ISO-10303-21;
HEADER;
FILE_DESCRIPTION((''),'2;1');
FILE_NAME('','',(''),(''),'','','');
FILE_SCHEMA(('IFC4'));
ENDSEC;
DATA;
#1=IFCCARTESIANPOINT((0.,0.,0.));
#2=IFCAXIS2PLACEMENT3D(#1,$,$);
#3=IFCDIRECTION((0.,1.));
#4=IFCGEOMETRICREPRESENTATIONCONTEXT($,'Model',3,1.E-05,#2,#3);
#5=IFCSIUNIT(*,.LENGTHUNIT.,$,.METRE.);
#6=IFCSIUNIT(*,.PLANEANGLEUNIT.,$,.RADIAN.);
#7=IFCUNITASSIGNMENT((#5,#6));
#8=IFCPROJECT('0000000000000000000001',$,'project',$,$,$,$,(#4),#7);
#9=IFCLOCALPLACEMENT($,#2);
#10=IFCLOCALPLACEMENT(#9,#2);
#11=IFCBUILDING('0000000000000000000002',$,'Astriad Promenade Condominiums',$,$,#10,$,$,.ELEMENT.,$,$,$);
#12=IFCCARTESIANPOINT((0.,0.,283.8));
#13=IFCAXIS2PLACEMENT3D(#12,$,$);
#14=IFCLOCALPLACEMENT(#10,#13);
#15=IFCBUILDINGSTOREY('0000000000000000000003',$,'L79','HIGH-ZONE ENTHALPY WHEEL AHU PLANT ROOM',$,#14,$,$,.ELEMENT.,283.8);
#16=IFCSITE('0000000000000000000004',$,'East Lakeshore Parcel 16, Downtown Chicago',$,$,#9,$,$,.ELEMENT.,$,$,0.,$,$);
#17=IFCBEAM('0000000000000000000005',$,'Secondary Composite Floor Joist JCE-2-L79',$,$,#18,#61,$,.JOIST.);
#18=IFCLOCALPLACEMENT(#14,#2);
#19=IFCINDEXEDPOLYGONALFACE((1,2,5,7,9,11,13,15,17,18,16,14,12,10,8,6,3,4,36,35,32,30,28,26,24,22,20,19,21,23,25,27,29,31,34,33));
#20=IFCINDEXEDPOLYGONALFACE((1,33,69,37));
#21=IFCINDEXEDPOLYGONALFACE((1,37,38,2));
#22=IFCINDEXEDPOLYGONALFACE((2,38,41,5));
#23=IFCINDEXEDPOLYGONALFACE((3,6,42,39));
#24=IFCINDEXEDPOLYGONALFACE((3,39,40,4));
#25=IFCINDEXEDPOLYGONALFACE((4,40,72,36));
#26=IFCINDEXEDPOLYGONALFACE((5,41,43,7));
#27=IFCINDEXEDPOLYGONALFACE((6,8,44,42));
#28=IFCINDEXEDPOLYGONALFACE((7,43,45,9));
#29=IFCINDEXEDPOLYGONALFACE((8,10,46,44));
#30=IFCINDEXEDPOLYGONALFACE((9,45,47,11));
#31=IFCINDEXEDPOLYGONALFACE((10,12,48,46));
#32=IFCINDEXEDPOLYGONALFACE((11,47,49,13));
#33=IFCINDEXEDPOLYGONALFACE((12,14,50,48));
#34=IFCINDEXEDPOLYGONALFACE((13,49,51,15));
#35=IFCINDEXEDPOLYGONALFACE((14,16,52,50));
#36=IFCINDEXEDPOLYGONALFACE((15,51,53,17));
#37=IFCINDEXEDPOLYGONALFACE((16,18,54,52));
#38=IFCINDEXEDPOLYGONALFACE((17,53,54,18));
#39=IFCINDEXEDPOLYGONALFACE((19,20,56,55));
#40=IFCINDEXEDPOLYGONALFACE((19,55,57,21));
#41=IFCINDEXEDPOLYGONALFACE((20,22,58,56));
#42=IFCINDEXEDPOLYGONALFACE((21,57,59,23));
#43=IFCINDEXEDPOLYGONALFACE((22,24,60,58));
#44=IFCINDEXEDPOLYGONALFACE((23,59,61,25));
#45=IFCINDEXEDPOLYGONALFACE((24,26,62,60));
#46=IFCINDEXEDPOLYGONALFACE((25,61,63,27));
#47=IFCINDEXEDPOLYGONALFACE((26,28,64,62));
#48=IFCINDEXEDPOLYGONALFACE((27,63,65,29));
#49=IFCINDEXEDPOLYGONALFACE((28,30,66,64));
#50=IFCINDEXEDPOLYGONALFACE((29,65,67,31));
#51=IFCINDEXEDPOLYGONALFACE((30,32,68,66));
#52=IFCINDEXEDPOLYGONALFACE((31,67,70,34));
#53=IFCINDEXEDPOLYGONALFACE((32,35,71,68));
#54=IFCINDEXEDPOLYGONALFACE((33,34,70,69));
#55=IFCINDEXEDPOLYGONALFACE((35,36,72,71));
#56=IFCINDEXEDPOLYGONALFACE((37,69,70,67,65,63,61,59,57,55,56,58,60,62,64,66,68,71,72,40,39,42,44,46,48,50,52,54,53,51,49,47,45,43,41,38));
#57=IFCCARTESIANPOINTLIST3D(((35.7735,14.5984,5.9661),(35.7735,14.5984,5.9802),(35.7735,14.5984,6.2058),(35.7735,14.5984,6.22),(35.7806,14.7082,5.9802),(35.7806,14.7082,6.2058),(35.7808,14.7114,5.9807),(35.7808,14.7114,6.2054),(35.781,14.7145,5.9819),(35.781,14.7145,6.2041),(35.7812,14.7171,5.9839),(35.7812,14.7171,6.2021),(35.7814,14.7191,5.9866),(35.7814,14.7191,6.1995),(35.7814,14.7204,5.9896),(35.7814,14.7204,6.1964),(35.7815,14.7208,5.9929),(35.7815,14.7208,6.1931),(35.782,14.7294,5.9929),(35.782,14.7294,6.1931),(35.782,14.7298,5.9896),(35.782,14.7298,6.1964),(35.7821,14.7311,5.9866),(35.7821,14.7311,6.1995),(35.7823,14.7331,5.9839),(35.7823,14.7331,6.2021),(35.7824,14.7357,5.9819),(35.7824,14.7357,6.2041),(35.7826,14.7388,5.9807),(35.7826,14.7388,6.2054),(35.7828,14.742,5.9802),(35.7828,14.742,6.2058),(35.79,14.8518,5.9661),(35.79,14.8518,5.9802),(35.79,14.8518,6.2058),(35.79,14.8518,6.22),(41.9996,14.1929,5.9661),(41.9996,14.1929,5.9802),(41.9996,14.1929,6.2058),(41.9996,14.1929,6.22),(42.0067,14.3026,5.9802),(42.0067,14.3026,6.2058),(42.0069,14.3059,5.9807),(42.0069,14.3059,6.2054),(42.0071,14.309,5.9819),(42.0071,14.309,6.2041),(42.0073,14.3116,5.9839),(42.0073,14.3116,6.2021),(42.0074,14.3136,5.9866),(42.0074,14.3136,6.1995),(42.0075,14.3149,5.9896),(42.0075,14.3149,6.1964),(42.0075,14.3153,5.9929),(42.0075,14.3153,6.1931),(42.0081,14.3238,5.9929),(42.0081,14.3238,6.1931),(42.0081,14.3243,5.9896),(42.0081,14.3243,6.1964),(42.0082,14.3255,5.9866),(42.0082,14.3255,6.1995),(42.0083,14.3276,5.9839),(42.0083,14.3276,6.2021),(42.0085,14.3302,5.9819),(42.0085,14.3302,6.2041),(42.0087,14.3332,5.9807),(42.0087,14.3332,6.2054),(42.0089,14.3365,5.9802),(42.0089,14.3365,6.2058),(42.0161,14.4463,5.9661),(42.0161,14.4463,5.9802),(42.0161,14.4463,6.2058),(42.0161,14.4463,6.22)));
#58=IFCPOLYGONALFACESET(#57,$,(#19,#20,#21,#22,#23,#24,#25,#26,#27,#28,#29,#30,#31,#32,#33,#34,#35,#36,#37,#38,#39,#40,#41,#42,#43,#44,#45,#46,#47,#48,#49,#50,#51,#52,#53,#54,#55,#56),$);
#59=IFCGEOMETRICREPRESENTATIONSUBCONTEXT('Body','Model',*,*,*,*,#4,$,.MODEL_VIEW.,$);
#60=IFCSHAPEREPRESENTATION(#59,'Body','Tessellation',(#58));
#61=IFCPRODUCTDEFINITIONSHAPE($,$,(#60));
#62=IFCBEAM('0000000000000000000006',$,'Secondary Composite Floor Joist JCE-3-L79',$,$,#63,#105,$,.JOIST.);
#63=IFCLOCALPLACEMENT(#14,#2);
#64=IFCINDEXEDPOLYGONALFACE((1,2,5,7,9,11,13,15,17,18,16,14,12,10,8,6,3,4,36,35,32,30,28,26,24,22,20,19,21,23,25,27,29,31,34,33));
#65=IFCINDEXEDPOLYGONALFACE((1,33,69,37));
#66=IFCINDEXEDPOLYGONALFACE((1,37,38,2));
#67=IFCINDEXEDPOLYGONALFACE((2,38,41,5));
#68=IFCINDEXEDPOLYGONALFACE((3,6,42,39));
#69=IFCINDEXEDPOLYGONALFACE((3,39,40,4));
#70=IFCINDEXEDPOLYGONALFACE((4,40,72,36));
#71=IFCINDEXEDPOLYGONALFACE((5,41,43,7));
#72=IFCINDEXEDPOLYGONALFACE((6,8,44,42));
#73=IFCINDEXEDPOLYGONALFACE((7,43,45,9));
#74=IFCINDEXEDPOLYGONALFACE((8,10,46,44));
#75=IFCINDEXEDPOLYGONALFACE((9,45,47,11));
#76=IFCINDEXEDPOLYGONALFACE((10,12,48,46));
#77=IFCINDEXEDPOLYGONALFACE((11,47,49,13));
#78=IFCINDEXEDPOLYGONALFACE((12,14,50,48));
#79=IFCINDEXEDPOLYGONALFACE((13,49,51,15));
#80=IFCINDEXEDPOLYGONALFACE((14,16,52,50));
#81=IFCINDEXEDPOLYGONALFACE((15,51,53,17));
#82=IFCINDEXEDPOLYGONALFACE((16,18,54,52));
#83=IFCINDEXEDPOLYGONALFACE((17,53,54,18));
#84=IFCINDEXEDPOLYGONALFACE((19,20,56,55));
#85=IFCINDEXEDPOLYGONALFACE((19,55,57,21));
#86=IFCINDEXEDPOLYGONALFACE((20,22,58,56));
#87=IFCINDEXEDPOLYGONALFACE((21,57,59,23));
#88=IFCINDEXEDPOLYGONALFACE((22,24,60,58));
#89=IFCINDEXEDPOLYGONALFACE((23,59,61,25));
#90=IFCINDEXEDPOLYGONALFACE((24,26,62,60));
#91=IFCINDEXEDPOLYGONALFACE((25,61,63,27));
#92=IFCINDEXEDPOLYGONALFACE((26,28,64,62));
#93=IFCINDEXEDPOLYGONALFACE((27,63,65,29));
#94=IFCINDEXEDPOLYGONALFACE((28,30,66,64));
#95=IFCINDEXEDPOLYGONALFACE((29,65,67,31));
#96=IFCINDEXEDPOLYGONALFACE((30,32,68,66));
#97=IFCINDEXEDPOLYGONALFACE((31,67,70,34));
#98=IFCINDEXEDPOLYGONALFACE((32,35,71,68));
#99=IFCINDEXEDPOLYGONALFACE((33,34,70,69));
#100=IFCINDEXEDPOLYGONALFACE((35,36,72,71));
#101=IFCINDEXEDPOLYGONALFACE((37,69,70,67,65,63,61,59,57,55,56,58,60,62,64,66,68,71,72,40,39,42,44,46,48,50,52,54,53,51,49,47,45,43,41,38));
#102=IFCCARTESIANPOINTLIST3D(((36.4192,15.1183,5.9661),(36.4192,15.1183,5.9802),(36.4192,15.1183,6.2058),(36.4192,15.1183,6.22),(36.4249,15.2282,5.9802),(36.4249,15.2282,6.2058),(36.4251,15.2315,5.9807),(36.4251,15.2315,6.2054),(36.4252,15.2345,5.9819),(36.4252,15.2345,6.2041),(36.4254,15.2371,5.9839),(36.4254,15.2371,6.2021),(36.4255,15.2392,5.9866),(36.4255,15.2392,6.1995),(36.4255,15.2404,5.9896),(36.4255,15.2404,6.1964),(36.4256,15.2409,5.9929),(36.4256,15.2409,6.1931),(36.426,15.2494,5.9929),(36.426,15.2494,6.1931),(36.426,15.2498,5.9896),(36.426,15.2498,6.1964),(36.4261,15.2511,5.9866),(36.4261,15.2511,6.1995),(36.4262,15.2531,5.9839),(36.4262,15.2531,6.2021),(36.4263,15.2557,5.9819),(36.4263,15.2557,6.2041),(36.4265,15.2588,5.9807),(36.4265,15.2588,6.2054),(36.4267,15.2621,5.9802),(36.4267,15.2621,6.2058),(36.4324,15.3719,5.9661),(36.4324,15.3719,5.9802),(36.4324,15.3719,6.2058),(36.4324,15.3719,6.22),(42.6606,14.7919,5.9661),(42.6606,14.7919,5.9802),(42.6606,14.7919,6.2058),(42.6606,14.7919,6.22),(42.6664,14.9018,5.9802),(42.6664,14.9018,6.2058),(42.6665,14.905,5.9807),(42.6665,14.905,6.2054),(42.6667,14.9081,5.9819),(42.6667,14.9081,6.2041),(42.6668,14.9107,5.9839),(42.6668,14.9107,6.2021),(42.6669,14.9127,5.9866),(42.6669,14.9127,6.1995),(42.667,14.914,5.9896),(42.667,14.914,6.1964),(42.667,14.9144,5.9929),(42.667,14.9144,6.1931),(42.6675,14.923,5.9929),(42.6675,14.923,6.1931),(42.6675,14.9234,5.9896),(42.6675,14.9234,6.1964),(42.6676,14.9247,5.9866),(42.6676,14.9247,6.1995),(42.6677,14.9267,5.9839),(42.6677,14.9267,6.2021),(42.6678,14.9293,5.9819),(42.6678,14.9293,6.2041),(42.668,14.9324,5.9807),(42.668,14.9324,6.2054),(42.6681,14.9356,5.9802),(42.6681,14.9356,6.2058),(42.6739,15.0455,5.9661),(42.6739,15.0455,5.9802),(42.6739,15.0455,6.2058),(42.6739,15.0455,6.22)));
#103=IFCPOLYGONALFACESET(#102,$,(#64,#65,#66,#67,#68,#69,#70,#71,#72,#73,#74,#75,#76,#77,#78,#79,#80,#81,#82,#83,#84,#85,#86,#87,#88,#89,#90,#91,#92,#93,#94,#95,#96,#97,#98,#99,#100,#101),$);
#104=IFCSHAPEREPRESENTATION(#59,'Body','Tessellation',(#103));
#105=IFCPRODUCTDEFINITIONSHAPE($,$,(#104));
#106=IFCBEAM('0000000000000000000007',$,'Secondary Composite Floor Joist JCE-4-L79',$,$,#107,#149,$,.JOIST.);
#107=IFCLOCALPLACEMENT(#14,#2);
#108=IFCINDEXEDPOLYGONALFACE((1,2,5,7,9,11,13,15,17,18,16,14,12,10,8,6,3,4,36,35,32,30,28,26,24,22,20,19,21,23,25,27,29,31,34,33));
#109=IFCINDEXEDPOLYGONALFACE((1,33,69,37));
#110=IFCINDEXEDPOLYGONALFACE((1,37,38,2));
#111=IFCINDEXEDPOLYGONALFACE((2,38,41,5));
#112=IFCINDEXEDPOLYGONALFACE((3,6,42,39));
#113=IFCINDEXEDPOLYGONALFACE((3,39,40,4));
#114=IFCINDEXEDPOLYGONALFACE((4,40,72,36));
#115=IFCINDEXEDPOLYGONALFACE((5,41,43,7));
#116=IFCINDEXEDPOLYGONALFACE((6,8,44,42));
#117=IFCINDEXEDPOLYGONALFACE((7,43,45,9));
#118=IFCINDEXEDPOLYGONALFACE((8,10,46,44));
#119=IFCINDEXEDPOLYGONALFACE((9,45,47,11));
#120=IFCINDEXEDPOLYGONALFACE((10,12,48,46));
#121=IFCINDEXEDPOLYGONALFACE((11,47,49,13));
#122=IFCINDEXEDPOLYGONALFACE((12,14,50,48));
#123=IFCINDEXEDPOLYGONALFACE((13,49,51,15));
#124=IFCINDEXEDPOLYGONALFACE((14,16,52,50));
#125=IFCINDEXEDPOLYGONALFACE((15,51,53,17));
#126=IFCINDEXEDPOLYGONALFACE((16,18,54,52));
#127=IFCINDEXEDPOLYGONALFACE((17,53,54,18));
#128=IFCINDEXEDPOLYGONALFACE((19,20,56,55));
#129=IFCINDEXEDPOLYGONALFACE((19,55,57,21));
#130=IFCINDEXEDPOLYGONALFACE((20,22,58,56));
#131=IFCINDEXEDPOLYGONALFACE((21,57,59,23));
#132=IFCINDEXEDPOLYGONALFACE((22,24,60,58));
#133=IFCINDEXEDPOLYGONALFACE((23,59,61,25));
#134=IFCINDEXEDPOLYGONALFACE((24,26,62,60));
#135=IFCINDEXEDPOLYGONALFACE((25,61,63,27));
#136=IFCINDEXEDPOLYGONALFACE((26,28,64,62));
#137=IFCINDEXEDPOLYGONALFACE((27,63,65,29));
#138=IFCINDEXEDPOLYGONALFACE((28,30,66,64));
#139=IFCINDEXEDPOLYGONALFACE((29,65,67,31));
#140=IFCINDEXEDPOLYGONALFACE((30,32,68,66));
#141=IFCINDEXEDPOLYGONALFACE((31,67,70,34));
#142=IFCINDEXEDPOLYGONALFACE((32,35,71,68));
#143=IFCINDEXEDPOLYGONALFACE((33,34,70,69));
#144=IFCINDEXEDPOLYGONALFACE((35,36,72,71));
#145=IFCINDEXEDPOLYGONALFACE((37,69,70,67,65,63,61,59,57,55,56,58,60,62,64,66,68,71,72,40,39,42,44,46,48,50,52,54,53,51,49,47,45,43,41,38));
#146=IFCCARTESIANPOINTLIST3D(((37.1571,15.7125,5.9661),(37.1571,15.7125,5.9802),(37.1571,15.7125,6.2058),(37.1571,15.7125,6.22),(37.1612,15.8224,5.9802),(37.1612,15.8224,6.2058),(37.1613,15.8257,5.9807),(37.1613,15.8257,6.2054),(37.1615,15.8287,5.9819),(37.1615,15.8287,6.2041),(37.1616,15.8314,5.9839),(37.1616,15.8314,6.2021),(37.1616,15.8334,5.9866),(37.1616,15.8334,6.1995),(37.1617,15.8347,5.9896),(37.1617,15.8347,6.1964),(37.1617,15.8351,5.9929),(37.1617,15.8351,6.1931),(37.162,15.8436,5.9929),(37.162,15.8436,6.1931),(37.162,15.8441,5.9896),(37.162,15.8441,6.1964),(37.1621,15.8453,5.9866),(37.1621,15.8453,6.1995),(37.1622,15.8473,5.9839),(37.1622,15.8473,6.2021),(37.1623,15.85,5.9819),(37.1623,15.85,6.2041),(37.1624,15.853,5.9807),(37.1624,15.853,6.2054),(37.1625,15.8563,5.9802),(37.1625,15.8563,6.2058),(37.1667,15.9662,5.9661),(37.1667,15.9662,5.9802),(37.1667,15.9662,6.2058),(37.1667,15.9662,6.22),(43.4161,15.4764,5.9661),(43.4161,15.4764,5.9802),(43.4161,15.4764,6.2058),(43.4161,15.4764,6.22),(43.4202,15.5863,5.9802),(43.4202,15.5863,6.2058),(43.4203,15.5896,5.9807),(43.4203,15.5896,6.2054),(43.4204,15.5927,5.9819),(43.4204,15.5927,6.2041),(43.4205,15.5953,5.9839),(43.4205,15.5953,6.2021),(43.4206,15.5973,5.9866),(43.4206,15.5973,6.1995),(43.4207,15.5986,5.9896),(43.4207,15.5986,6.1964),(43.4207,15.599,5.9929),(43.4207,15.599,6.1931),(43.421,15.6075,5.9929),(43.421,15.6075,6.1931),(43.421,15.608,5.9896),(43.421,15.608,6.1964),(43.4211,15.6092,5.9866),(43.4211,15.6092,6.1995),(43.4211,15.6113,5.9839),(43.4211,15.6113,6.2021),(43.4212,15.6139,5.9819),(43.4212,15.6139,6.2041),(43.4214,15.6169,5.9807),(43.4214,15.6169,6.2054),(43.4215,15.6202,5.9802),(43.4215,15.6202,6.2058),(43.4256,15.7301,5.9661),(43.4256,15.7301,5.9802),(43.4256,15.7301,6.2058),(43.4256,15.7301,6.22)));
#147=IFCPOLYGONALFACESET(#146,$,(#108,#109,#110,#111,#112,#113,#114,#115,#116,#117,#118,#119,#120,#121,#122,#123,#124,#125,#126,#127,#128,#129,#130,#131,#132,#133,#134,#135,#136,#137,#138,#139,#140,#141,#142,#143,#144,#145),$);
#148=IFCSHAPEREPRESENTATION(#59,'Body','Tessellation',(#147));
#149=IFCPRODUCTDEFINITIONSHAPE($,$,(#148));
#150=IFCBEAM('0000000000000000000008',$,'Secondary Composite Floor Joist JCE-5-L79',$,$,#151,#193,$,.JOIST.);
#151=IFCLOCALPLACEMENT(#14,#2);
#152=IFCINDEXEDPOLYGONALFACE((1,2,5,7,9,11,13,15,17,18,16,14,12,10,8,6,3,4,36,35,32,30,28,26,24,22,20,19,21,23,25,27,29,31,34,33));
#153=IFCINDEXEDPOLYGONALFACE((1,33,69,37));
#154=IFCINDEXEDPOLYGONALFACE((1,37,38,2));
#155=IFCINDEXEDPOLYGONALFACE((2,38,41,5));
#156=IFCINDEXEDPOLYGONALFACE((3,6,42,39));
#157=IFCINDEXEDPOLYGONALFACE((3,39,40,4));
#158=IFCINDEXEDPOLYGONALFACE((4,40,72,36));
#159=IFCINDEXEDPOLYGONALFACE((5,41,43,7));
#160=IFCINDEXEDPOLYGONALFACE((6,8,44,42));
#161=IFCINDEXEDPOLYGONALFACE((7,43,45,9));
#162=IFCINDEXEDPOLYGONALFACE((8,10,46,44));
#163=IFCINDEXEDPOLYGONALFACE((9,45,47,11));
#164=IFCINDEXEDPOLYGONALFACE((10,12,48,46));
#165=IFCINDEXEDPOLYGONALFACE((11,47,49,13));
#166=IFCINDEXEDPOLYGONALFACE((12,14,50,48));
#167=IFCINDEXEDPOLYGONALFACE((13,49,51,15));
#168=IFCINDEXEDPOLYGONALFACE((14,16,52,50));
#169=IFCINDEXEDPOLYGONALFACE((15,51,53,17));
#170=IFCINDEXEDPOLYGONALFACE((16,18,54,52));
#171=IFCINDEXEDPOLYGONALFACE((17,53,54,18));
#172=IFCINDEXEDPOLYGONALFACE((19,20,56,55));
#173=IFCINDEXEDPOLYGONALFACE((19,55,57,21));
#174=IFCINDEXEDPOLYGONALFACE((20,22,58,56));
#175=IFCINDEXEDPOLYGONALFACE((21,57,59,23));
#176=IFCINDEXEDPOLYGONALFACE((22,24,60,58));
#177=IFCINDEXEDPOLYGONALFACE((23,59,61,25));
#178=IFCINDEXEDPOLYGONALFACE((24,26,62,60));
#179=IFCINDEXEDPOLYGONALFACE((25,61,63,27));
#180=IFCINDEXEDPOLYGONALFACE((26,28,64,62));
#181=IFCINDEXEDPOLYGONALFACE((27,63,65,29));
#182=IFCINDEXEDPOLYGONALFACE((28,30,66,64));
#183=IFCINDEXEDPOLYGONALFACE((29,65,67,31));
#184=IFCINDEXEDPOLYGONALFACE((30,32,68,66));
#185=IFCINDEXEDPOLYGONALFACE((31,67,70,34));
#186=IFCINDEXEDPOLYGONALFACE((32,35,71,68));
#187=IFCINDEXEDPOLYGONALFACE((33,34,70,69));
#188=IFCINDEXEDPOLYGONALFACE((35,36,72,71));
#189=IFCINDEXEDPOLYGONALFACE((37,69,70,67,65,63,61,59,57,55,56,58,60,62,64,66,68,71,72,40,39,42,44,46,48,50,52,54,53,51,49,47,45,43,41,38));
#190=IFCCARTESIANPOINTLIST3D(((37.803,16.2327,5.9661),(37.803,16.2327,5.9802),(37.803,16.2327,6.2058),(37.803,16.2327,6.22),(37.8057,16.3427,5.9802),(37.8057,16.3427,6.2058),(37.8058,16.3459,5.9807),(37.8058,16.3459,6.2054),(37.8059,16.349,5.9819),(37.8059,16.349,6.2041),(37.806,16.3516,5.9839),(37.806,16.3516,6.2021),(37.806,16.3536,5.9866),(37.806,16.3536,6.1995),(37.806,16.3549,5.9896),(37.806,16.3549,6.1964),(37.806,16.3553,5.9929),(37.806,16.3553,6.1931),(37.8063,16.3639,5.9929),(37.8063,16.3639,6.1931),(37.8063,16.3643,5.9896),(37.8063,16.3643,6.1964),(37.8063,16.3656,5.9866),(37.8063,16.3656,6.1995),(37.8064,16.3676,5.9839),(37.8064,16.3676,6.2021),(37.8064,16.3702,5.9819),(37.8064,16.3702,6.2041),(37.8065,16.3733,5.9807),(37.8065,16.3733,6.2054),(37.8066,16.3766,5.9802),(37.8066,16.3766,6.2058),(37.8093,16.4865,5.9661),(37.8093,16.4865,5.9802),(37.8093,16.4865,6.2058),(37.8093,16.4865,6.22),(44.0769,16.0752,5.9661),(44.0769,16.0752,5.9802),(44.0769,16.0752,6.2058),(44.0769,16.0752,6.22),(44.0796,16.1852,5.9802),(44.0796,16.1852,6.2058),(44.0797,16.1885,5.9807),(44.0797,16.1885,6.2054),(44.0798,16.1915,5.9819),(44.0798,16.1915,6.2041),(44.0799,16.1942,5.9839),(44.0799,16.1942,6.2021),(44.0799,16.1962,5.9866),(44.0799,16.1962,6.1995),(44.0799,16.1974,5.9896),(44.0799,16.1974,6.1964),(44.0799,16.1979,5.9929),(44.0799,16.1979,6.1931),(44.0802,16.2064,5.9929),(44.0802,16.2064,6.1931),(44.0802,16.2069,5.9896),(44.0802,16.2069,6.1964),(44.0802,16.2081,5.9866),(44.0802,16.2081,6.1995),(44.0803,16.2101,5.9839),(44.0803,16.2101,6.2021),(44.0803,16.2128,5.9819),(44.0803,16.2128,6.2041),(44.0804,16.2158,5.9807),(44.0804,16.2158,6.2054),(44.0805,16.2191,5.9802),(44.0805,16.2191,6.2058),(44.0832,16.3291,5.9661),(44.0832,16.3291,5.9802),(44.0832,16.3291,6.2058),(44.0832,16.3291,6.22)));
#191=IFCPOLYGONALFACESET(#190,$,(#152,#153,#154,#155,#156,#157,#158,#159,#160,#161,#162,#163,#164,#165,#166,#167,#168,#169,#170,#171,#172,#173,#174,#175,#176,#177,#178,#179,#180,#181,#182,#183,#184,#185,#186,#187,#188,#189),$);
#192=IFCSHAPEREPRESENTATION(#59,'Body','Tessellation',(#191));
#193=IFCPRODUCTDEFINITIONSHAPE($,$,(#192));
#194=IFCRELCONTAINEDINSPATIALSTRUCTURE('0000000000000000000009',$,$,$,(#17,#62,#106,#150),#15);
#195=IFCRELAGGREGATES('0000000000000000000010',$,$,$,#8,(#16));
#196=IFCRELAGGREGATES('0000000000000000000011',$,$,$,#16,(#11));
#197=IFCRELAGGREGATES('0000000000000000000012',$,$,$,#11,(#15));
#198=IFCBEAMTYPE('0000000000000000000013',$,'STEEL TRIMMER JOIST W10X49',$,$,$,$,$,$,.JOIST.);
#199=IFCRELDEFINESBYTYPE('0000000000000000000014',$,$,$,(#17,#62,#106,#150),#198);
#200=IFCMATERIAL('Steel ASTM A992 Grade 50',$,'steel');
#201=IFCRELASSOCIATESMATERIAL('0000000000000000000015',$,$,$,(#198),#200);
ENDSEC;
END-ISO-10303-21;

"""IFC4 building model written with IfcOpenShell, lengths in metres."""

from ifc_helpers import new_model, si_unit, direction, frame, origin, origin_2d, place, context, subcontext, project, spatial, i_section, extrude, source, transform, mapped, material, material_profile, profile_set, type_object, element, save


model = new_model("IFC4")

# Units and contexts
model_context = context("Model", 3, precision=1e-05, world=origin(), true_north=direction((0.0, 1.0)))
body_context = subcontext(model_context, "Body", "Model", "MODEL_VIEW")
ifc_project = project(units=[si_unit("LENGTHUNIT", "METRE"), si_unit("PLANEANGLEUNIT", "RADIAN")], contexts=[model_context])

# Site, building, storey
site_placement = place(None, origin())
site = spatial("IfcSite", under=ifc_project, at=site_placement, Name="East Lakeshore Parcel 16, Downtown Chicago", CompositionType="ELEMENT", RefElevation=0.0)
building_placement = place(site_placement, origin())
building = spatial("IfcBuilding", under=site, at=building_placement, Name="Astriad Promenade Condominiums", CompositionType="ELEMENT")
storey_placement = place(building_placement, frame((0.0, 0.0, 283.8)))
storey = spatial("IfcBuildingStorey", under=building, at=storey_placement, Name="L79", Description="HIGH-ZONE ENTHALPY WHEEL AHU PLANT ROOM", CompositionType="ELEMENT", Elevation=283.8)

# Shared definitions
ifc_material_1 = material(Name="Steel ASTM A992 Grade 50", Category="steel")

# Beams
ifc_material_profile_1 = material_profile(ifc_material_1, i_section(OverallWidth=0.2539, OverallDepth=0.2539, WebThickness=0.0085, FlangeThickness=0.0142, FilletRadius=0.0127, at=origin_2d()), Name="W10X49")
ifc_profile_set_1 = profile_set([ifc_material_profile_1], Name="Steel ASTM A992 Grade 50")
beam_type_1 = type_object("IfcBeamType", Name="STEEL TRIMMER JOIST W10X49", PredefinedType="JOIST", material=ifc_profile_set_1)
shared_shape_1 = source(origin(), body_context, "Body", "SweptSolid", [
    extrude(i_section(OverallWidth=0.2539, OverallDepth=0.2539, WebThickness=0.0085, FlangeThickness=0.0142, FilletRadius=0.0127, at=origin_2d()), origin(), (0.0, 0.0, 1.0), 6.2393),
])
beam_1_placement = place(storey_placement, frame((35.7817, 14.7251, 6.093), z_axis=(0.997886, -0.064994, 0.0), x_axis=(0.064994, 0.997886, 0.0)))
element("IfcBeam", 1, at=beam_1_placement, inside=storey, type_object=beam_type_1, Name="Secondary Composite Floor Joist JCE-2-L79", PredefinedType="JOIST", context=body_context, shape_type="MappedRepresentation", body=[
    mapped(shared_shape_1, transform((0.0, 0.0, 0.0), scale=1.0)),
])
shared_shape_2 = source(origin(), body_context, "Body", "SweptSolid", [
    extrude(i_section(OverallWidth=0.2539, OverallDepth=0.2539, WebThickness=0.0085, FlangeThickness=0.0142, FilletRadius=0.0127, at=origin_2d()), origin(), (0.0, 0.0, 1.0), 6.25),
])
beam_2_placement = place(storey_placement, frame((36.4258, 15.2451, 6.093), z_axis=(0.998635, -0.052227, 0.0), x_axis=(0.052227, 0.998635, 0.0)))
element("IfcBeam", 2, at=beam_2_placement, inside=storey, type_object=beam_type_1, Name="Secondary Composite Floor Joist JCE-3-L79", PredefinedType="JOIST", context=body_context, shape_type="MappedRepresentation", body=[
    mapped(shared_shape_2, transform((0.0, 0.0, 0.0), scale=1.0)),
])
shared_shape_3 = source(origin(), body_context, "Body", "SweptSolid", [
    extrude(i_section(OverallWidth=0.2539, OverallDepth=0.2539, WebThickness=0.0085, FlangeThickness=0.0142, FilletRadius=0.0127, at=origin_2d()), origin(), (0.0, 0.0, 1.0), 6.2634),
])
beam_3_placement = place(storey_placement, frame((37.1619, 15.8394, 6.093), z_axis=(0.999289, -0.037692, 0.0), x_axis=(0.037692, 0.999289, 0.0)))
element("IfcBeam", 3, at=beam_3_placement, inside=storey, type_object=beam_type_1, Name="Secondary Composite Floor Joist JCE-4-L79", PredefinedType="JOIST", context=body_context, shape_type="MappedRepresentation", body=[
    mapped(shared_shape_3, transform((0.0, 0.0, 0.0), scale=1.0)),
])
shared_shape_4 = source(origin(), body_context, "Body", "SweptSolid", [
    extrude(i_section(OverallWidth=0.2539, OverallDepth=0.2539, WebThickness=0.0085, FlangeThickness=0.0142, FilletRadius=0.0127, at=origin_2d()), origin(), (0.0, 0.0, 1.0), 6.2759),
])
beam_4_placement = place(storey_placement, frame((37.8062, 16.3596, 6.093), z_axis=(0.999685, -0.025091, 0.0), x_axis=(0.025091, 0.999685, 0.0)))
element("IfcBeam", 4, at=beam_4_placement, inside=storey, type_object=beam_type_1, Name="Secondary Composite Floor Joist JCE-5-L79", PredefinedType="JOIST", context=body_context, shape_type="MappedRepresentation", body=[
    mapped(shared_shape_4, transform((0.0, 0.0, 0.0), scale=1.0)),
])

save(model, "model.ifc")
